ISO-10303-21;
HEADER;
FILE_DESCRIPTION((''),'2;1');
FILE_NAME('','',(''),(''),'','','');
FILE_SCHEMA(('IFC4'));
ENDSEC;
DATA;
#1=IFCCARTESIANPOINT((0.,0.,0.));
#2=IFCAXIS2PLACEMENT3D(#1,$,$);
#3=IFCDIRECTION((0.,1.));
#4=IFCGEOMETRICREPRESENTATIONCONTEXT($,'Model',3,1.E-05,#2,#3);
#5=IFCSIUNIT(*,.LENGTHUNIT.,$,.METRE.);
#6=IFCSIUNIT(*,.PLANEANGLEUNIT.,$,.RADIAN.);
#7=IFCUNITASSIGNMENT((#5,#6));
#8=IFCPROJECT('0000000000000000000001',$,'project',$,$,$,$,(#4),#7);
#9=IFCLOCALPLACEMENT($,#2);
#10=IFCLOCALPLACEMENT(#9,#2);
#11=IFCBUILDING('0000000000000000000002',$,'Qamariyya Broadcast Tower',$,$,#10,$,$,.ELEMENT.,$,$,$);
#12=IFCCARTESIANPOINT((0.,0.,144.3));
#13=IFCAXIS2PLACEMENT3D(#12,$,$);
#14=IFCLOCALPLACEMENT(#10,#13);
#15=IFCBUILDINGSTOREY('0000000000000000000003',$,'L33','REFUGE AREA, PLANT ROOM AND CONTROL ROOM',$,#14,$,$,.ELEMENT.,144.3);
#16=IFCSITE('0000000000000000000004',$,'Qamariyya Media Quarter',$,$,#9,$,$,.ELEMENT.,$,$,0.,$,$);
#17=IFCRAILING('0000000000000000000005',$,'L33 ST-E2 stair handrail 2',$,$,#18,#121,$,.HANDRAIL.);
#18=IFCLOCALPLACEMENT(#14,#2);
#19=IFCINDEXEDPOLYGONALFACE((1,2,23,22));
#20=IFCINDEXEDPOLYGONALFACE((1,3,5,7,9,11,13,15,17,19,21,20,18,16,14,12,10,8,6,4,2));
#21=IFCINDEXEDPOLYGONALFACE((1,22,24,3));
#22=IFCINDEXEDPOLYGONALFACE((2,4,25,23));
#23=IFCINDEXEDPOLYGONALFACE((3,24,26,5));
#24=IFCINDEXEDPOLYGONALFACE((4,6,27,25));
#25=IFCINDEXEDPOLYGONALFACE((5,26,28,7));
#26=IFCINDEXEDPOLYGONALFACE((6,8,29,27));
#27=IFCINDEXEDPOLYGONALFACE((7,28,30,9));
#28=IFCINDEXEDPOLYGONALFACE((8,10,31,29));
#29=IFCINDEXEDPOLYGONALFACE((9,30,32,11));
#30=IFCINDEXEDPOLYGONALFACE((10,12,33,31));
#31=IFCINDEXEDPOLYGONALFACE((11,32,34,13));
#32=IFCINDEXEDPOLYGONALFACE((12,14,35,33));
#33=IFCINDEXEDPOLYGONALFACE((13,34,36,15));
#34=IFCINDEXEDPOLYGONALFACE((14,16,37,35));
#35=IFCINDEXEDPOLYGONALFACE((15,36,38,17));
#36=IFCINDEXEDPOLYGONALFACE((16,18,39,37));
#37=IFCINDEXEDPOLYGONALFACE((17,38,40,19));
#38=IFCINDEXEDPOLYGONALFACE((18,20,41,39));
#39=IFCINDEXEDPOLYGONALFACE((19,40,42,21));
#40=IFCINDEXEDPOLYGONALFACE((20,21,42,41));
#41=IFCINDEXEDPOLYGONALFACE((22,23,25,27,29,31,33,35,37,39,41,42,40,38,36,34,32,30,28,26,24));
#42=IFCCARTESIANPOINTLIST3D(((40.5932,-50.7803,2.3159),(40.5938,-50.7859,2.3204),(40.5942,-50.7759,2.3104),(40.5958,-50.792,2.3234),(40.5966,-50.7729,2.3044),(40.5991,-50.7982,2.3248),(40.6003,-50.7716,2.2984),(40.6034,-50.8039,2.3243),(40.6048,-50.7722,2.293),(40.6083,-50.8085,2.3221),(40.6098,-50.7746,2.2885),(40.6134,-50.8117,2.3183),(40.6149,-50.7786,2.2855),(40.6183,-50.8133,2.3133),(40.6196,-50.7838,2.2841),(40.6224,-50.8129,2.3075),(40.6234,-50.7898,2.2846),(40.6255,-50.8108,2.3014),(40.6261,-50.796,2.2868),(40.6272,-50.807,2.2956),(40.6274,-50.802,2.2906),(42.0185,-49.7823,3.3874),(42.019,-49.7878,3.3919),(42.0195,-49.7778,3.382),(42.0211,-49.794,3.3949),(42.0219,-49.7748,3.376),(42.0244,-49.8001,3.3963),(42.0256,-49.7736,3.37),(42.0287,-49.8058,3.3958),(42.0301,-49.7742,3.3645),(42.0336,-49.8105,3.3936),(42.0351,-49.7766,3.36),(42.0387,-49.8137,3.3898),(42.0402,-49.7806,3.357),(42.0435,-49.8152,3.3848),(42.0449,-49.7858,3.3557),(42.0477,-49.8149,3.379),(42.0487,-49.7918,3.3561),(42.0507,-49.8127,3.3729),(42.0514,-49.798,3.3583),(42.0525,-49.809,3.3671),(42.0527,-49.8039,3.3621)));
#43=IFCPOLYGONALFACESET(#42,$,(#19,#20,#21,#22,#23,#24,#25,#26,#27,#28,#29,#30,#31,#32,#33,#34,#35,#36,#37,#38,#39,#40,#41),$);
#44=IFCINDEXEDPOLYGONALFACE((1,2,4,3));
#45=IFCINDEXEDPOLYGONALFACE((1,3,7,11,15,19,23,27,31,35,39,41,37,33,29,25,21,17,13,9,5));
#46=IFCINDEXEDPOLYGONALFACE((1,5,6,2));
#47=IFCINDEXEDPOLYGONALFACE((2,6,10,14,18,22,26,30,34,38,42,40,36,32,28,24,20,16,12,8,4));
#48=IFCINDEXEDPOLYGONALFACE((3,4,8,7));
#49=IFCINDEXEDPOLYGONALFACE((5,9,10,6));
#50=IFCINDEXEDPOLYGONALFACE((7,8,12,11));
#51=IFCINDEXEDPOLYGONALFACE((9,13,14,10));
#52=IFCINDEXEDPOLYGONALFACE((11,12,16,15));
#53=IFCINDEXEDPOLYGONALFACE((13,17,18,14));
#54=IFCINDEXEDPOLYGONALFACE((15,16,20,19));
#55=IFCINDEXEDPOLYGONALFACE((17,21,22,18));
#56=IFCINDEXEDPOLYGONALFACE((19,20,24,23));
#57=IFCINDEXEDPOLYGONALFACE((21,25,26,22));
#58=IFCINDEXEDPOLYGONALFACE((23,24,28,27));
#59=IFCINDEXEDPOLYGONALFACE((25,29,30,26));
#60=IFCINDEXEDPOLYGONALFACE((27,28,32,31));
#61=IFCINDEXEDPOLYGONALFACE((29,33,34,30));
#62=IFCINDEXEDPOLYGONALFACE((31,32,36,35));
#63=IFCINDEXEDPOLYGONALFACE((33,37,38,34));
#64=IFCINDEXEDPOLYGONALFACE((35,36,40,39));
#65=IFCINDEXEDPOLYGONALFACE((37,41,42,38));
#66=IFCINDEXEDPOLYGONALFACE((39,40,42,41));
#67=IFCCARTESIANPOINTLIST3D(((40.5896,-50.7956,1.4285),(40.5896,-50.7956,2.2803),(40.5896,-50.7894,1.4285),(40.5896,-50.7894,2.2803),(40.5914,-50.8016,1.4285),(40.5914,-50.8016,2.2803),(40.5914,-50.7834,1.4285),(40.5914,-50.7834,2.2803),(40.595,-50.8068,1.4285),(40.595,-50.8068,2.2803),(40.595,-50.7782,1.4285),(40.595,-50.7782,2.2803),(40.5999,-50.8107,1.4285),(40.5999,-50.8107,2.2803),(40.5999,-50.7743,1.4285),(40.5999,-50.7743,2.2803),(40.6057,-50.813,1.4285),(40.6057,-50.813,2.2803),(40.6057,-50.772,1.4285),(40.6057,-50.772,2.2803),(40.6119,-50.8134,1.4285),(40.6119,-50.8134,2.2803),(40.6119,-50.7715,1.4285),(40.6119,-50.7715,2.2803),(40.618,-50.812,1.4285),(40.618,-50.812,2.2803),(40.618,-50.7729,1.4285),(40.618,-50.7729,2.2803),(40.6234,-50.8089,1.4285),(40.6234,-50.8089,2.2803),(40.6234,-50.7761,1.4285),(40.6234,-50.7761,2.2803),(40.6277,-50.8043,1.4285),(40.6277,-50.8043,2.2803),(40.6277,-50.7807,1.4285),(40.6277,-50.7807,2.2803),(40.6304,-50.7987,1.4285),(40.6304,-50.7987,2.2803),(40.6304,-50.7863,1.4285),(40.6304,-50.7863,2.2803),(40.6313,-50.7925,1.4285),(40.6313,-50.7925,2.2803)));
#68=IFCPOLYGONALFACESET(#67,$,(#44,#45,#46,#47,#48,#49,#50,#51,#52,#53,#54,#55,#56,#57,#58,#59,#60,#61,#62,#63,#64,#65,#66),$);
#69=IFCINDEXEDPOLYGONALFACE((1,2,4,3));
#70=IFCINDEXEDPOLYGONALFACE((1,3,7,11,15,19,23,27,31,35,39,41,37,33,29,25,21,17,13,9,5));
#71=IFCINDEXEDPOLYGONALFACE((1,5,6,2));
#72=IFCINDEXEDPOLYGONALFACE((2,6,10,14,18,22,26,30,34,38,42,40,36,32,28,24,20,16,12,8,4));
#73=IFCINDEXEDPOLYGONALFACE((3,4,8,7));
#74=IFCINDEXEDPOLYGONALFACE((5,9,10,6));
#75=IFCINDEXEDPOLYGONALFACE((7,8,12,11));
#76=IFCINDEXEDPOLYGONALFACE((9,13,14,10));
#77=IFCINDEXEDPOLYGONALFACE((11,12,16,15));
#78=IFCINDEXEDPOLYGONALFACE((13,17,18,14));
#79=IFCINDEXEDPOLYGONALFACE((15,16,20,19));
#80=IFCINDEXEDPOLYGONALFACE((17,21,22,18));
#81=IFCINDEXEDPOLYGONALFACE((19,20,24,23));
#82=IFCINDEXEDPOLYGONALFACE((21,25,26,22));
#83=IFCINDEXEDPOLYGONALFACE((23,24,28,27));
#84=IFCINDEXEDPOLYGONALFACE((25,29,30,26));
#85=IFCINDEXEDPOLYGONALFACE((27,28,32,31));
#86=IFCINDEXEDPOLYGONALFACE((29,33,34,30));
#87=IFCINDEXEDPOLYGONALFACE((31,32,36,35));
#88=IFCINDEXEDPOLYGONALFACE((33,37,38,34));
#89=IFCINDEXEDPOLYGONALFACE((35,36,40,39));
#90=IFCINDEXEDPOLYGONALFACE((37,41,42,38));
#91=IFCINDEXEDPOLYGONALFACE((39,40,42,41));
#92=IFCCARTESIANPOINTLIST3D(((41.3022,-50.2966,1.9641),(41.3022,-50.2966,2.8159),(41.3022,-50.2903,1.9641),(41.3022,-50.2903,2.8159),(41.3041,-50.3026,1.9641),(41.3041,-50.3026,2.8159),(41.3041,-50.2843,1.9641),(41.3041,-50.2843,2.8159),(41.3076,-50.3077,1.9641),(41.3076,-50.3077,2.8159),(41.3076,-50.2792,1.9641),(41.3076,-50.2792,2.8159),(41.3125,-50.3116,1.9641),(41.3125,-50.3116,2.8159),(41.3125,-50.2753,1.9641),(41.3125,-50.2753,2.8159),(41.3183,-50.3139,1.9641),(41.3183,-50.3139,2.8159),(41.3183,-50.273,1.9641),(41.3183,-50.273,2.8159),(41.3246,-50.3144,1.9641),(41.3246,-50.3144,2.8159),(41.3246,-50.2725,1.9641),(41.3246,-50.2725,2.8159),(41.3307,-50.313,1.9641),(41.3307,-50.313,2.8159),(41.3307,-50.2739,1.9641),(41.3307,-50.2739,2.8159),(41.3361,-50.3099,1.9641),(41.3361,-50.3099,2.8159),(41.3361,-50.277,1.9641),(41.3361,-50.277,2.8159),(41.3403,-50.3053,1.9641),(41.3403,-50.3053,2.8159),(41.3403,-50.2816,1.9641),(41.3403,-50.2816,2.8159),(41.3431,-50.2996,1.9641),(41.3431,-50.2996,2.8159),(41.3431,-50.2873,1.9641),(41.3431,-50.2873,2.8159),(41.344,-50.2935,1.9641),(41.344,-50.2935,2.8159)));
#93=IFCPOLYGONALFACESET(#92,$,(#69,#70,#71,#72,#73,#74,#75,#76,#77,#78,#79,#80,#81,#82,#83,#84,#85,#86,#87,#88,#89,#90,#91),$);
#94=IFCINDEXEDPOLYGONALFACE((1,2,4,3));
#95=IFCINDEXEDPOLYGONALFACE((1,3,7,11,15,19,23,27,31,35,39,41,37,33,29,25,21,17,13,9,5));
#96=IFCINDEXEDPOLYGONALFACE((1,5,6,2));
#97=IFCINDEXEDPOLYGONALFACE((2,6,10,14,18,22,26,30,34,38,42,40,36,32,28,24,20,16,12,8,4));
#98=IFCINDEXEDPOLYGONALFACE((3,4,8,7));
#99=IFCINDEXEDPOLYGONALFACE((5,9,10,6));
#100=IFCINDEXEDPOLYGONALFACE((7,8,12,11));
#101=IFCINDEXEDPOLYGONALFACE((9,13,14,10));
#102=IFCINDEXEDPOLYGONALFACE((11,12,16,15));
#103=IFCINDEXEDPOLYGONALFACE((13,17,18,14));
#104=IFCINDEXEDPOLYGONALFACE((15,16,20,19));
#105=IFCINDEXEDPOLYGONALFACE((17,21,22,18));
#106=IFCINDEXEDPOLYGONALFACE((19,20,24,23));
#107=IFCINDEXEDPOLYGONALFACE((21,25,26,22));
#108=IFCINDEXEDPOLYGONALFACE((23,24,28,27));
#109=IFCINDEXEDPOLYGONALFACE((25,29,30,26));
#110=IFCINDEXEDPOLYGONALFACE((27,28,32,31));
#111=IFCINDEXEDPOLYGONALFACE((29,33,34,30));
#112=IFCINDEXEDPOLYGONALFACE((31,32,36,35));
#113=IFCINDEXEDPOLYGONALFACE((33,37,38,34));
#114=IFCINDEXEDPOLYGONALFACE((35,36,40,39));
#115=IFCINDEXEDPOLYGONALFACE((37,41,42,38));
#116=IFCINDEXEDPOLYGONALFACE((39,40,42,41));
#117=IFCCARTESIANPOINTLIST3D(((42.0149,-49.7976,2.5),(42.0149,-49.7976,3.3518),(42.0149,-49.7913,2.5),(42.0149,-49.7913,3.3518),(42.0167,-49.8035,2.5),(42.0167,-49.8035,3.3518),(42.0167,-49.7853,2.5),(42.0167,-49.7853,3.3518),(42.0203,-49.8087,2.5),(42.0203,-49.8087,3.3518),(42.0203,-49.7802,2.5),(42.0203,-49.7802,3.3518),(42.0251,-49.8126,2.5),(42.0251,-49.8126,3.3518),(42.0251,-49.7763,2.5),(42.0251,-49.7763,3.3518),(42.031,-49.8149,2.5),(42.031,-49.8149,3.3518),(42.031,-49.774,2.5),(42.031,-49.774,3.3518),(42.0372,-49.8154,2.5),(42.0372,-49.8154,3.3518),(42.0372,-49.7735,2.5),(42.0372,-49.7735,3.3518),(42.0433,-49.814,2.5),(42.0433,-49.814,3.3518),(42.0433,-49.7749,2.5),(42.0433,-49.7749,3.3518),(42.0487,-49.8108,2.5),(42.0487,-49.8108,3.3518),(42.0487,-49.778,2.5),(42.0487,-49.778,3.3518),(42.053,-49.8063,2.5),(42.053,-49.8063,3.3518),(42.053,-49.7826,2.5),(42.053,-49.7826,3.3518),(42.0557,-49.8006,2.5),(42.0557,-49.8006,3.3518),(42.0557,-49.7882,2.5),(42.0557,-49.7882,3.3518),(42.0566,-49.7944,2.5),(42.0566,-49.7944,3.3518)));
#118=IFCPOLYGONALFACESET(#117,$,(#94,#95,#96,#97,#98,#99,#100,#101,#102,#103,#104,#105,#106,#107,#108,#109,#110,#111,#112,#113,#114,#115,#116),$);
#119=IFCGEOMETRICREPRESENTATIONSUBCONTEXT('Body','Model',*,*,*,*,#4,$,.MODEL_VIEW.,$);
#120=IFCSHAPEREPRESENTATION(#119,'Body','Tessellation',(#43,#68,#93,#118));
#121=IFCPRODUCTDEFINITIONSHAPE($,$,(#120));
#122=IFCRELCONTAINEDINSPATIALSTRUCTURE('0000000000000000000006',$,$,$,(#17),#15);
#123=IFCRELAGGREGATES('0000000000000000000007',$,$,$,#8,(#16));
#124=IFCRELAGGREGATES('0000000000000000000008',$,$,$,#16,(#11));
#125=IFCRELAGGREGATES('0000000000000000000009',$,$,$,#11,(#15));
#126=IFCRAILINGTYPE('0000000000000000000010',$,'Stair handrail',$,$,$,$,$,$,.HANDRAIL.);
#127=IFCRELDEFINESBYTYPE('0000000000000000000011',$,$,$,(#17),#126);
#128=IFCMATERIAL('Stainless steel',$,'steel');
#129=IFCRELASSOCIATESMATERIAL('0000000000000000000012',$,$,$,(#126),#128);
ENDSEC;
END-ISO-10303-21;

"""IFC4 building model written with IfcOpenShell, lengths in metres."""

from ifc_helpers import new_model, si_unit, direction, frame, origin, origin_2d, place, context, subcontext, project, spatial, circle, extrude, material, type_object, element, save


model = new_model("IFC4")

# Units and contexts
model_context = context("Model", 3, precision=1e-05, world=origin(), true_north=direction((0.0, 1.0)))
body_context = subcontext(model_context, "Body", "Model", "MODEL_VIEW")
ifc_project = project(units=[si_unit("LENGTHUNIT", "METRE"), si_unit("PLANEANGLEUNIT", "RADIAN")], contexts=[model_context])

# Site, building, storey
site_placement = place(None, origin())
site = spatial("IfcSite", under=ifc_project, at=site_placement, Name="Qamariyya Media Quarter", CompositionType="ELEMENT", RefElevation=0.0)
building_placement = place(site_placement, origin())
building = spatial("IfcBuilding", under=site, at=building_placement, Name="Qamariyya Broadcast Tower", CompositionType="ELEMENT")
storey_placement = place(building_placement, frame((0.0, 0.0, 144.3)))
storey = spatial("IfcBuildingStorey", under=building, at=storey_placement, Name="L33", Description="REFUGE AREA, PLANT ROOM AND CONTROL ROOM", CompositionType="ELEMENT", Elevation=144.3)

# Railing
ifc_material_1 = material(Name="Stainless steel", Category="steel")
railing_type_1 = type_object("IfcRailingType", Name="Stair handrail", PredefinedType="HANDRAIL", material=ifc_material_1)
railing_1_placement = place(storey_placement, frame((40.6104, -50.7925, 1.4285)))
element("IfcRailing", 1, at=railing_1_placement, inside=storey, type_object=railing_type_1, Name="L33 ST-E2 stair handrail 2", PredefinedType="HANDRAIL", context=body_context, shape_type="SweptSolid", body=[
    extrude(circle(Radius=0.0239, at=origin_2d()), frame((0.0, 0.0, 0.876), z_axis=(0.697489, 0.48841, 0.524371), x_axis=(-0.573594, 0.81914, 0.0)), (0.0, 0.0, 1.0), 2.0435),
    extrude(circle(Radius=0.021, at=origin_2d()), origin(), (0.0, 0.0, 1.0), 0.8518),
    extrude(circle(Radius=0.021, at=origin_2d()), frame((0.7126, 0.499, 0.5356)), (0.0, 0.0, 1.0), 0.8518),
    extrude(circle(Radius=0.021, at=origin_2d()), frame((1.4253, 0.998, 1.0715)), (0.0, 0.0, 1.0), 0.8518),
])

save(model, "model.ifc")
